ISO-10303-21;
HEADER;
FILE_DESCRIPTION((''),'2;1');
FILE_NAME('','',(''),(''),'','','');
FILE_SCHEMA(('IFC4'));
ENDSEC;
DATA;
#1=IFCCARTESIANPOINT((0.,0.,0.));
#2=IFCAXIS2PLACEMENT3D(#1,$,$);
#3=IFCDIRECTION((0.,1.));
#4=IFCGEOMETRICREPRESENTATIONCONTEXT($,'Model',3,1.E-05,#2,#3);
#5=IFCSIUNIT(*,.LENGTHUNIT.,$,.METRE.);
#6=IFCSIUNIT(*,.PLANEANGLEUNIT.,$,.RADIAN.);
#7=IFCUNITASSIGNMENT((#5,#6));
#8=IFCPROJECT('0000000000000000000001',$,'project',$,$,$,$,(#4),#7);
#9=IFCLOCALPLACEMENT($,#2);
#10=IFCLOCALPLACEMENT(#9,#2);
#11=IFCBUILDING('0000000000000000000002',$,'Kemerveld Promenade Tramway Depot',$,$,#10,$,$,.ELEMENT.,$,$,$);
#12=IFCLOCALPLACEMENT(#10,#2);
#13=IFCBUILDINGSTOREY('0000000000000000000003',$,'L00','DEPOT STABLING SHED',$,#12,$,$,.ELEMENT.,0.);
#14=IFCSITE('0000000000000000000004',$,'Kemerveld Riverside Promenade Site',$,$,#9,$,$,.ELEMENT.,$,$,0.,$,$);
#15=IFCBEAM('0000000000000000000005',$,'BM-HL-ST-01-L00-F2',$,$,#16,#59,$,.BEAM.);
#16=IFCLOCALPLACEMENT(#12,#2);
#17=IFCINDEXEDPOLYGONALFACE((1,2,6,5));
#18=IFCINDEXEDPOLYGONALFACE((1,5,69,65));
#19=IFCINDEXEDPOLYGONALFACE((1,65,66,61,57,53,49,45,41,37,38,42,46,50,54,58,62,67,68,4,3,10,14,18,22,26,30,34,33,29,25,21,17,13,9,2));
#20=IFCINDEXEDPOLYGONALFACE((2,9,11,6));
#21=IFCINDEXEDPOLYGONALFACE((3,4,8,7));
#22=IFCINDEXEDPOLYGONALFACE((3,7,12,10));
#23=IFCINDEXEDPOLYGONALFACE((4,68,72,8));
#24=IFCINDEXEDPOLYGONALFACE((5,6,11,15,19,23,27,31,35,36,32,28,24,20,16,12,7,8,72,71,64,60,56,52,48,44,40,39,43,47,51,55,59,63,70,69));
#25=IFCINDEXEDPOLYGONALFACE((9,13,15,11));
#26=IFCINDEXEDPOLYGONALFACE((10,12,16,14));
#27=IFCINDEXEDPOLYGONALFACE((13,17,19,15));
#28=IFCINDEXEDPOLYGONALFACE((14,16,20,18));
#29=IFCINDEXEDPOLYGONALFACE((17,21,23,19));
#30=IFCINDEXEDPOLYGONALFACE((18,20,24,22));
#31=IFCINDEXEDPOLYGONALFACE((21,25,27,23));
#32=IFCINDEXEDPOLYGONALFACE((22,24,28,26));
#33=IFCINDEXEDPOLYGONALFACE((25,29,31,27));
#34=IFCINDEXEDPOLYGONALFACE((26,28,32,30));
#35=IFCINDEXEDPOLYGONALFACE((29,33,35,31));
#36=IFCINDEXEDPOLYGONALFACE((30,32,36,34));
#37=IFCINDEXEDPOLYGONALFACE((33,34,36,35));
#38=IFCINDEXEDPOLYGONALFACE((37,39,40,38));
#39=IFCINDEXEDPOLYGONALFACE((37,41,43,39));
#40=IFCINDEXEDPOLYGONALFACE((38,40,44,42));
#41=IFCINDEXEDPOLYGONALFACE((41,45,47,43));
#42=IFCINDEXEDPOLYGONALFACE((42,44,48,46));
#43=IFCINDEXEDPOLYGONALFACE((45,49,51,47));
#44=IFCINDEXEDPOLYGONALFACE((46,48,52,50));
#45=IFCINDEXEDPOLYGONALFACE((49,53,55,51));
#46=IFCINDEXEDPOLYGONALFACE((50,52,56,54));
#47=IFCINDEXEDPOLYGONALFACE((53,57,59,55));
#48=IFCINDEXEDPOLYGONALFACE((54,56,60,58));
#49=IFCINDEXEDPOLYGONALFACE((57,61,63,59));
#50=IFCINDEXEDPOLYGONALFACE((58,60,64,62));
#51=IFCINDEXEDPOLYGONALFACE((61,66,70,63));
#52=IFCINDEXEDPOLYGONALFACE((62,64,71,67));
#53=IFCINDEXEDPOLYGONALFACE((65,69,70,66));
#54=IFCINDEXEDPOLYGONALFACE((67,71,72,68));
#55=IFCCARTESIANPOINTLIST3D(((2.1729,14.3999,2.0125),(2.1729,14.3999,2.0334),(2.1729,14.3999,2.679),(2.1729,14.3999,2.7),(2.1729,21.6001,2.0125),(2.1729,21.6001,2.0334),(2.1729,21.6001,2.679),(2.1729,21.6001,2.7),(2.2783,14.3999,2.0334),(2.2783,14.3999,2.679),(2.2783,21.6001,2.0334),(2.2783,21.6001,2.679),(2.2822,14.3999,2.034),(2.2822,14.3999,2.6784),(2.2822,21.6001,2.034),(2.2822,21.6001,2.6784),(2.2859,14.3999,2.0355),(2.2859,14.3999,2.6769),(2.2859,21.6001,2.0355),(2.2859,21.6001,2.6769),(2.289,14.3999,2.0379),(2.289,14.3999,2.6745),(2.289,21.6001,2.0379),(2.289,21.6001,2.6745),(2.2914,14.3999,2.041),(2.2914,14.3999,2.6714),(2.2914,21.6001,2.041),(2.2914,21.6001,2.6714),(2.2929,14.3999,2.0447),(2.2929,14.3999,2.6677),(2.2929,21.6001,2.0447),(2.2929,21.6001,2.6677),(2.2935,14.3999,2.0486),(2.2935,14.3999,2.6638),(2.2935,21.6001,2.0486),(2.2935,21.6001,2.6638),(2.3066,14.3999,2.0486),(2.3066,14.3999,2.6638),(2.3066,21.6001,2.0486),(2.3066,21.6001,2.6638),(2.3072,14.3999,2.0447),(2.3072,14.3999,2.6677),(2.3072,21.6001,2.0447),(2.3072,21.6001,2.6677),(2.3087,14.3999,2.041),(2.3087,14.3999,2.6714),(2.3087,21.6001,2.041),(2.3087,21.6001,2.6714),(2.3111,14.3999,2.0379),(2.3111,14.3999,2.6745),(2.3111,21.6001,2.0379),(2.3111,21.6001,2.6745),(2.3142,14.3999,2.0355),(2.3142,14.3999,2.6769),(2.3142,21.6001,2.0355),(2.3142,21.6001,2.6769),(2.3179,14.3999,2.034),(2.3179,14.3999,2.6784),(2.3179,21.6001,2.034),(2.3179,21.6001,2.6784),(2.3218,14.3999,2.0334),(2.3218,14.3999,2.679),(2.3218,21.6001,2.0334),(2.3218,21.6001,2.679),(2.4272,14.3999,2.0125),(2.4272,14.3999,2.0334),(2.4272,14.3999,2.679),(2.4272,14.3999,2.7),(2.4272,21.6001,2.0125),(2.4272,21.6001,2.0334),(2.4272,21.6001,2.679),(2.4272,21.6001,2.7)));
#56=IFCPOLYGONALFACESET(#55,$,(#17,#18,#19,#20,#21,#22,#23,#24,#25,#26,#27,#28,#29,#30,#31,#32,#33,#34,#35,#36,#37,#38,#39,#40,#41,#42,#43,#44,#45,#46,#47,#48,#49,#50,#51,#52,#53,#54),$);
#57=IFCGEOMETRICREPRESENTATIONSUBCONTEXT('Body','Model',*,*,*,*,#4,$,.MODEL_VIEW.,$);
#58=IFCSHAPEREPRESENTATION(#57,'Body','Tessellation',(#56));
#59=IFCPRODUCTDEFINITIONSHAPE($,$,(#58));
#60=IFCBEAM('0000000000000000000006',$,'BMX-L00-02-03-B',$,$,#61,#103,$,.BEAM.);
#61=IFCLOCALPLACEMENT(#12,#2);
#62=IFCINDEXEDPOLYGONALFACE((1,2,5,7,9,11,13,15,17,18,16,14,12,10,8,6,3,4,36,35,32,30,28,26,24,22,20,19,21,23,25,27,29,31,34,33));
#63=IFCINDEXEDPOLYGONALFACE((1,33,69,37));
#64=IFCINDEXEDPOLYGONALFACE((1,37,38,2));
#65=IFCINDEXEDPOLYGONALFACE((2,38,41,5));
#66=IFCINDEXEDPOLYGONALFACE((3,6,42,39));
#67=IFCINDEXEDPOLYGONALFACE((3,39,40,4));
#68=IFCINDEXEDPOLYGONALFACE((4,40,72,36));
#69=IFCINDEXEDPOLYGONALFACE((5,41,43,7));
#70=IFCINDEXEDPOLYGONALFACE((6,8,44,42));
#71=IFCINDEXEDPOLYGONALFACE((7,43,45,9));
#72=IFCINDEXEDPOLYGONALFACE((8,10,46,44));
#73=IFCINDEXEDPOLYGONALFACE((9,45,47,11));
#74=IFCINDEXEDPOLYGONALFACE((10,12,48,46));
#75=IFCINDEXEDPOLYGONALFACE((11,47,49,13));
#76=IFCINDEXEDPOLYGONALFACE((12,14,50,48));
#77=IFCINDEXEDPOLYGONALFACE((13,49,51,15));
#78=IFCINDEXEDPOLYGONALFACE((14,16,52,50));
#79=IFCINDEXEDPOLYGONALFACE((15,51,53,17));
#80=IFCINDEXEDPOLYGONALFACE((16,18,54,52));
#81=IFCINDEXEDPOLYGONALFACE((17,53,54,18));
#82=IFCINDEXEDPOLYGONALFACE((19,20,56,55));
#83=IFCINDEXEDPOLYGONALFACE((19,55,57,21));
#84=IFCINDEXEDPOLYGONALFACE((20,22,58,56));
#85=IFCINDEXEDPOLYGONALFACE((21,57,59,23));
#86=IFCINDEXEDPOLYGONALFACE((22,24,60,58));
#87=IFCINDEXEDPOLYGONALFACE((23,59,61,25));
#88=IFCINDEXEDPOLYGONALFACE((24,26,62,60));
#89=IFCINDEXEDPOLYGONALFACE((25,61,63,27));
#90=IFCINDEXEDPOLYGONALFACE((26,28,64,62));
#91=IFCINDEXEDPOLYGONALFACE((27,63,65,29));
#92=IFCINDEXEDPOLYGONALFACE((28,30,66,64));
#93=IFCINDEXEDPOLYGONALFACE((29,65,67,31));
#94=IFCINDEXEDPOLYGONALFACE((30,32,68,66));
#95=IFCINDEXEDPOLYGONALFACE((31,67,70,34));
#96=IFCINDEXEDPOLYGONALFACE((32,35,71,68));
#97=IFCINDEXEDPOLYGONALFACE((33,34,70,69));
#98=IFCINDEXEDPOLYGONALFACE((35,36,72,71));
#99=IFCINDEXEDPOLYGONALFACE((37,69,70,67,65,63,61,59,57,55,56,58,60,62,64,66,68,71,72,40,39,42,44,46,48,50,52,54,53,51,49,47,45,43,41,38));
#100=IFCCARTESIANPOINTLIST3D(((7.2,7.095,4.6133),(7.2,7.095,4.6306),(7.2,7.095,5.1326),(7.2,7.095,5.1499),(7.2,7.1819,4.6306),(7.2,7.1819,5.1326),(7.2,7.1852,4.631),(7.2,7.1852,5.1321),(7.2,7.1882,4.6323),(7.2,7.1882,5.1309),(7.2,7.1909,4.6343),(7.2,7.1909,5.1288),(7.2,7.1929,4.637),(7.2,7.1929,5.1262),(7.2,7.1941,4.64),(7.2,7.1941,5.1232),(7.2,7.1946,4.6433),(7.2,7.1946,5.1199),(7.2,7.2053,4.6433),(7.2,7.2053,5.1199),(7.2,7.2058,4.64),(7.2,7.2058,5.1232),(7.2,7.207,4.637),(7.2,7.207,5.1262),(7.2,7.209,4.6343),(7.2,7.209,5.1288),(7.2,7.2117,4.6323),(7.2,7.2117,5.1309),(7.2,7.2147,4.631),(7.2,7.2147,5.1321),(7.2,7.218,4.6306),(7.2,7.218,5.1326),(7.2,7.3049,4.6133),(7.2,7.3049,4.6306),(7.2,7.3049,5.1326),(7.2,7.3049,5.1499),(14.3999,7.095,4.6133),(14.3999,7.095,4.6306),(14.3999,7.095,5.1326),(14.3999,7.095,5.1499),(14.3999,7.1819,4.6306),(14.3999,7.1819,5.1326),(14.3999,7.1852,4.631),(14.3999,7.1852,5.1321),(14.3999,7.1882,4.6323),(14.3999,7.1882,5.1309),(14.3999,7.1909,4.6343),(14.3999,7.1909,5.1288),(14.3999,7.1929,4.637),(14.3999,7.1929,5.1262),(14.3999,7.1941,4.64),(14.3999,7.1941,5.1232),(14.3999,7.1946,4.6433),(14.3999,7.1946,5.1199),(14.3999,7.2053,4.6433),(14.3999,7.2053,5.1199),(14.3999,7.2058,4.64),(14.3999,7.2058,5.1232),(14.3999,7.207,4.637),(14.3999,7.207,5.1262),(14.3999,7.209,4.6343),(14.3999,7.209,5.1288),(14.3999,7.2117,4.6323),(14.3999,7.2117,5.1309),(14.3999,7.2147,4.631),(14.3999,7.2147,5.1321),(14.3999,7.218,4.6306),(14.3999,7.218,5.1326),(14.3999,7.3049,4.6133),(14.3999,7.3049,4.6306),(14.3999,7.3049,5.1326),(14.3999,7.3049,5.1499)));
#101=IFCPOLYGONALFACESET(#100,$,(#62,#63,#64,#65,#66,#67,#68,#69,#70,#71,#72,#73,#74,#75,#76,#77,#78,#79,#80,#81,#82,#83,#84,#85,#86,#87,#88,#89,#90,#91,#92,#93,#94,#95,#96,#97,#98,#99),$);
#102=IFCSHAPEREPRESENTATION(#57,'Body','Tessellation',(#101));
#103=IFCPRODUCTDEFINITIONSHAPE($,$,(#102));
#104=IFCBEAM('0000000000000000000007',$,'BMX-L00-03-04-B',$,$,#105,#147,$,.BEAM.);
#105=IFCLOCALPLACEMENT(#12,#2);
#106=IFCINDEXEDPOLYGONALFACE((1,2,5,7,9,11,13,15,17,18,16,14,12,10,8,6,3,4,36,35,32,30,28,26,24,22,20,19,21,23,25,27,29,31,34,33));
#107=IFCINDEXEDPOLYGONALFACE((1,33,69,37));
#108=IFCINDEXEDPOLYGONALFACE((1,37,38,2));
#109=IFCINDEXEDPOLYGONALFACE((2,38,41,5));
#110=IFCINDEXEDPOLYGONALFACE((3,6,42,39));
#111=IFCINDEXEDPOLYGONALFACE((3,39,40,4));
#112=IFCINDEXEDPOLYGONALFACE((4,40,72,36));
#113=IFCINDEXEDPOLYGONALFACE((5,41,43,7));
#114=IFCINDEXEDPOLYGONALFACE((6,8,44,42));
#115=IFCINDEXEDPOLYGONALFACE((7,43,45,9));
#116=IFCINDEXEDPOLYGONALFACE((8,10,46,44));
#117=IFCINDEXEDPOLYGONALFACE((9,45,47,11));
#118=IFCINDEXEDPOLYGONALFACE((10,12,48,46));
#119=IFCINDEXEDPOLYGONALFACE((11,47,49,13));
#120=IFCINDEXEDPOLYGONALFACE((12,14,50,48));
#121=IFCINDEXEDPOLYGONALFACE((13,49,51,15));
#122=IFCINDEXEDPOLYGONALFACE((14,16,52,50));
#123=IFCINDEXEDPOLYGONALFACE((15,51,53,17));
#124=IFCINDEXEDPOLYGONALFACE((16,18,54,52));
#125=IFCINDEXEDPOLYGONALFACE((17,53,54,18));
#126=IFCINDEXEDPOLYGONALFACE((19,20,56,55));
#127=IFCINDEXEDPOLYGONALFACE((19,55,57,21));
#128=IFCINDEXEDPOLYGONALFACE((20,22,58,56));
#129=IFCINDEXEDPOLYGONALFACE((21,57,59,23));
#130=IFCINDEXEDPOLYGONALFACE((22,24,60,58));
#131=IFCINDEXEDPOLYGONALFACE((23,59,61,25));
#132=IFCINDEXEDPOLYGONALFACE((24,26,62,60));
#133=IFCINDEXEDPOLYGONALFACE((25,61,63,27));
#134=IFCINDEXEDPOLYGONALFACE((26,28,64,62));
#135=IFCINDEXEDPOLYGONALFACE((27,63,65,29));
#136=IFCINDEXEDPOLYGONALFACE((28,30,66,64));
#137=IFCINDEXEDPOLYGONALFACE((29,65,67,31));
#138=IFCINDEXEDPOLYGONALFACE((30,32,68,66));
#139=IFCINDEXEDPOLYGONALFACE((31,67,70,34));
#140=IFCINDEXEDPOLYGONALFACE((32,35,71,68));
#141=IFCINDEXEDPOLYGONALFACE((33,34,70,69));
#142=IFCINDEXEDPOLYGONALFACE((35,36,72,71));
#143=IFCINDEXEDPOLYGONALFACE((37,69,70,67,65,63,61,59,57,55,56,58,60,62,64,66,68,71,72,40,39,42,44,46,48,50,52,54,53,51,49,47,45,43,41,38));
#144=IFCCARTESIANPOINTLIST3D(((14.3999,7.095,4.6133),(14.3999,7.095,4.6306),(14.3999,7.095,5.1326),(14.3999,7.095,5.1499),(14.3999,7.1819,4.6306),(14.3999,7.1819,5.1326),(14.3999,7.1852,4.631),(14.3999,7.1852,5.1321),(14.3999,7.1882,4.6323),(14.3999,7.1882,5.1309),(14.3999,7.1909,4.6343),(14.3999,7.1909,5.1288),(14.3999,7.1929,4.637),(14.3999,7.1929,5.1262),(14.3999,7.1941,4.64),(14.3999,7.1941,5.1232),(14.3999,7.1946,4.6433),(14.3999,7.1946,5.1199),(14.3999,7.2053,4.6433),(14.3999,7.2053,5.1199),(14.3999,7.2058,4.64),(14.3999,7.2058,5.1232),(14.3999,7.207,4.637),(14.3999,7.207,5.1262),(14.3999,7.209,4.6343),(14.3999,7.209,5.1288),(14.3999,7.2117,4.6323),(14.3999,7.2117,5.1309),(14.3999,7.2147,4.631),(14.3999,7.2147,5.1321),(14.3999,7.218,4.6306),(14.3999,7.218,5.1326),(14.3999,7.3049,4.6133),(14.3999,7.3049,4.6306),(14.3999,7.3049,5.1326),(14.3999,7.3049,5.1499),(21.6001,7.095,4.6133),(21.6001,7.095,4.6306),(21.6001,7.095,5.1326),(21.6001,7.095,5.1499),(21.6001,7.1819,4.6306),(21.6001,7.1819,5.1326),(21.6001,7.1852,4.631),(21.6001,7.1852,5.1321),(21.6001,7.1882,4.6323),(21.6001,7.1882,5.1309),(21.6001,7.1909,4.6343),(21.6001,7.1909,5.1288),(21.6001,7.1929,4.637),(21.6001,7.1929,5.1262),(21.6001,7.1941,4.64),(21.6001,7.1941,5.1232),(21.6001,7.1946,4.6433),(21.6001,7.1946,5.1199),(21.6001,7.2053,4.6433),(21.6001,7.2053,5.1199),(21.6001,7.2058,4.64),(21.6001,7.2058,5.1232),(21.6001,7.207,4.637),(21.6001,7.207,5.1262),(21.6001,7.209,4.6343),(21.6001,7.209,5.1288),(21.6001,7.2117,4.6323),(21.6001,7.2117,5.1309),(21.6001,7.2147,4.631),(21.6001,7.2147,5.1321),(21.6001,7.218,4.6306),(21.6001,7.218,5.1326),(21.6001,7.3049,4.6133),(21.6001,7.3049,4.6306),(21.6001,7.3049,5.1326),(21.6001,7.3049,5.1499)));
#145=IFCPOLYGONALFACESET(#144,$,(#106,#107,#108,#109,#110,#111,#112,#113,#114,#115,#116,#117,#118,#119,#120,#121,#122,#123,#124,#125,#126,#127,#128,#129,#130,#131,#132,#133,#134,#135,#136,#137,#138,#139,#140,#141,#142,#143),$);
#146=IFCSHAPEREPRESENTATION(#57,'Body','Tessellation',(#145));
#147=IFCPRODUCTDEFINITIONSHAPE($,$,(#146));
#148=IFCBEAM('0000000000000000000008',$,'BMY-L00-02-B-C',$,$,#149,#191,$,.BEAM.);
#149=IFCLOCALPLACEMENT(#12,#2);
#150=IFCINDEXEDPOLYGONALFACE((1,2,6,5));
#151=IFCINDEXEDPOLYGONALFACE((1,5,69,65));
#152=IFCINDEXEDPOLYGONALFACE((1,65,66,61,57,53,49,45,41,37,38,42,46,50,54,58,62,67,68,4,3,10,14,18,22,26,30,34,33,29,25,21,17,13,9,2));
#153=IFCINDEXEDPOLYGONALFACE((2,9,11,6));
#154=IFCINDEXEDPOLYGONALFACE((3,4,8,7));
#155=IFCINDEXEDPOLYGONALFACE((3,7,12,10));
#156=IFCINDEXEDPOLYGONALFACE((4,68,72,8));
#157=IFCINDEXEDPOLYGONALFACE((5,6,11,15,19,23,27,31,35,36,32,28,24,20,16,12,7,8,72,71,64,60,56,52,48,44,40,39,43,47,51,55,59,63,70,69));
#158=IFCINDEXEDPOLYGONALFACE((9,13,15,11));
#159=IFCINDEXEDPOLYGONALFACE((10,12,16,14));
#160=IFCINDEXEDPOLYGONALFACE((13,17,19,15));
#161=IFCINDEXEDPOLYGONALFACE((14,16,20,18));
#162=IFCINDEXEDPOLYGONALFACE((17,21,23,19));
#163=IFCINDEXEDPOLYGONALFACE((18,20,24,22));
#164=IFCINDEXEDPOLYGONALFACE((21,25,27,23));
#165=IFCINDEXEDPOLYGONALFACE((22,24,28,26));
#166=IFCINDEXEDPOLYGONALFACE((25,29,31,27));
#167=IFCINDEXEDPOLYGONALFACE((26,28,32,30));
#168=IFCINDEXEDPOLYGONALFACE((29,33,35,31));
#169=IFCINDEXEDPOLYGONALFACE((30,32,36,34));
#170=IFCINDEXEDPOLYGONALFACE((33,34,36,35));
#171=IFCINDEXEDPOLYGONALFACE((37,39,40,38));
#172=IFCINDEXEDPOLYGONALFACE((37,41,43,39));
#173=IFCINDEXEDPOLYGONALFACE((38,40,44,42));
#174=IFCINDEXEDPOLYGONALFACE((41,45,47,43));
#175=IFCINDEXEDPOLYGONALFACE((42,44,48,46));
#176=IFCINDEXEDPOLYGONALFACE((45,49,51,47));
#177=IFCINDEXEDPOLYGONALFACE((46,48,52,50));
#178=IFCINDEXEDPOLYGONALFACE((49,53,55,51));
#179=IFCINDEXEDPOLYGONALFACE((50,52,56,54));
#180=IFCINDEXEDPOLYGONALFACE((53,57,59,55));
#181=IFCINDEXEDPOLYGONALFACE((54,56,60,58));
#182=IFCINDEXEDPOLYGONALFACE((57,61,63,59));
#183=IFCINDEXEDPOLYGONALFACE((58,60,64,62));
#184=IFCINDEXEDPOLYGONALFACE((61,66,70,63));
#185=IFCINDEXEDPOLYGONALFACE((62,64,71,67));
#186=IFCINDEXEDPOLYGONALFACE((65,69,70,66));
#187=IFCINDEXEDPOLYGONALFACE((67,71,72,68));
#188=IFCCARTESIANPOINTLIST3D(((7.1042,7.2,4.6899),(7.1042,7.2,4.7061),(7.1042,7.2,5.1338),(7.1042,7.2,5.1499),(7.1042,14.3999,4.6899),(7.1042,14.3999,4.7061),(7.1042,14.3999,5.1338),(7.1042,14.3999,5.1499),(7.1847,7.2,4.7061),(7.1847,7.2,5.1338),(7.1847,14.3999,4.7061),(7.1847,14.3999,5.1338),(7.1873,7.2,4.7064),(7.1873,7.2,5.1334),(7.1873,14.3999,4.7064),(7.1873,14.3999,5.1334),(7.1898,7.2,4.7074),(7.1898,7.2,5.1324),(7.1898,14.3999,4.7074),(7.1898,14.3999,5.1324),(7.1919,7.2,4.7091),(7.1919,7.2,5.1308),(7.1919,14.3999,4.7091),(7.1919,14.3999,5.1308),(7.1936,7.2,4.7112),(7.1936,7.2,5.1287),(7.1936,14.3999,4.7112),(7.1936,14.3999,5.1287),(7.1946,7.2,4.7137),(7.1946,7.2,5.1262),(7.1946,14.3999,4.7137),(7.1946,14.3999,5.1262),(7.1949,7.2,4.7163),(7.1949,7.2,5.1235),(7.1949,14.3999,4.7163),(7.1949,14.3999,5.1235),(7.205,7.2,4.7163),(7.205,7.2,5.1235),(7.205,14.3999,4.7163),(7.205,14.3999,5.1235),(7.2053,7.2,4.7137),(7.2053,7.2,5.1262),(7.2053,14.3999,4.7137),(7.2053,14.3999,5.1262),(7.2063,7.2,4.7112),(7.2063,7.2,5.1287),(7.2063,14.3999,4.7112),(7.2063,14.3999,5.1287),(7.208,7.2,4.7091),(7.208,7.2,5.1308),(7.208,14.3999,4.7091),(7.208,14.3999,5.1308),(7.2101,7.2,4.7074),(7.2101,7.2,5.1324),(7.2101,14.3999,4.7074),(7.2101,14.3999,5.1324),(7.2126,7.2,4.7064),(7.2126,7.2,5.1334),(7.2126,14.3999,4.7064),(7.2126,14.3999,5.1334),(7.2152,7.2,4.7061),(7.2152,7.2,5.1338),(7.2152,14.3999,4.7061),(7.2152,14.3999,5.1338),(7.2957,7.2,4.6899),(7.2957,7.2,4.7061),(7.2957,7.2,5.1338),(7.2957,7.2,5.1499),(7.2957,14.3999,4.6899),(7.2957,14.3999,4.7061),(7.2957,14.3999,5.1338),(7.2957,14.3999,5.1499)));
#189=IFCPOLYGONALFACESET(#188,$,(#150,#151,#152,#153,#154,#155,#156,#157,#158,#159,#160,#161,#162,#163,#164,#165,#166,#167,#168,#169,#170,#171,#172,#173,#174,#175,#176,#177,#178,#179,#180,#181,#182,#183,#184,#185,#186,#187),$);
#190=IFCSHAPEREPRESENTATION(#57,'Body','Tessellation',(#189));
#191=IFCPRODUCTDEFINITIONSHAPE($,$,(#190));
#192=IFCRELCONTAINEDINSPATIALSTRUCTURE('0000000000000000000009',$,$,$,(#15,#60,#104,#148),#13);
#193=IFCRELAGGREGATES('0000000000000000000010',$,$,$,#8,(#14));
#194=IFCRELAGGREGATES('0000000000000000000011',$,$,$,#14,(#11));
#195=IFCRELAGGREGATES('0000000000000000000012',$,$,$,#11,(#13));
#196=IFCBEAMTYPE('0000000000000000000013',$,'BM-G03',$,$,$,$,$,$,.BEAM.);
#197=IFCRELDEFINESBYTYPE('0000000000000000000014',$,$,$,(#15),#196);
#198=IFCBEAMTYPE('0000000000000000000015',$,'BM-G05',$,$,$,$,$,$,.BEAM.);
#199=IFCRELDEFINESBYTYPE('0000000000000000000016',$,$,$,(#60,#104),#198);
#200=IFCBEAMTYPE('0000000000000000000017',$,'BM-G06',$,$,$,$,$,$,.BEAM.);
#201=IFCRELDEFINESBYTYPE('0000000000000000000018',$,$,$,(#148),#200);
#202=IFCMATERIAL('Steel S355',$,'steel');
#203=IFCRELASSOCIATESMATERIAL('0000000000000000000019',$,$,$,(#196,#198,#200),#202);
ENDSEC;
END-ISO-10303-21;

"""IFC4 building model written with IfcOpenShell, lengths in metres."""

from ifc_helpers import new_model, si_unit, direction, frame, origin, origin_2d, place, context, subcontext, project, spatial, i_section, extrude, material, material_profile, profile_set, type_object, element, save


model = new_model("IFC4")

# Units and contexts
model_context = context("Model", 3, precision=1e-05, world=origin(), true_north=direction((0.0, 1.0)))
body_context = subcontext(model_context, "Body", "Model", "MODEL_VIEW")
ifc_project = project(units=[si_unit("LENGTHUNIT", "METRE"), si_unit("PLANEANGLEUNIT", "RADIAN")], contexts=[model_context])

# Site, building, storey
site_placement = place(None, origin())
site = spatial("IfcSite", under=ifc_project, at=site_placement, Name="Kemerveld Riverside Promenade Site", CompositionType="ELEMENT", RefElevation=0.0)
building_placement = place(site_placement, origin())
building = spatial("IfcBuilding", under=site, at=building_placement, Name="Kemerveld Promenade Tramway Depot", CompositionType="ELEMENT")
storey_placement = place(building_placement, origin())
storey = spatial("IfcBuildingStorey", under=building, at=storey_placement, Name="L00", Description="DEPOT STABLING SHED", CompositionType="ELEMENT", Elevation=0.0)

# Shared definitions
ifc_material_1 = material(Name="Steel S355", Category="steel")

# Beams
ifc_material_profile_1 = material_profile(ifc_material_1, i_section(OverallWidth=0.2544, OverallDepth=0.6875, WebThickness=0.0132, FlangeThickness=0.021, FilletRadius=0.0151, at=origin_2d()), Name="686x254x152 UB")
ifc_profile_set_1 = profile_set([ifc_material_profile_1], Name="Steel S355")
beam_type_1 = type_object("IfcBeamType", Name="BM-G03", PredefinedType="BEAM", material=ifc_profile_set_1)
beam_1_placement = place(storey_placement, frame((2.3, 14.3999, 2.3562), z_axis=(0.0, 1.0, 0.0), x_axis=(-1.0, 0.0, 0.0)))
element("IfcBeam", 1, at=beam_1_placement, inside=storey, type_object=beam_type_1, Name="BM-HL-ST-01-L00-F2", PredefinedType="BEAM", context=body_context, shape_type="SweptSolid", body=[
    extrude(i_section(OverallWidth=0.2544, OverallDepth=0.6875, WebThickness=0.0132, FlangeThickness=0.021, FilletRadius=0.0151, at=origin_2d()), origin(), (0.0, 0.0, 1.0), 7.2002),
])
ifc_material_profile_2 = material_profile(ifc_material_1, i_section(OverallWidth=0.21, OverallDepth=0.5366, WebThickness=0.0107, FlangeThickness=0.0173, FilletRadius=0.0127, at=origin_2d()), Name="533x210x101 UB")
ifc_profile_set_2 = profile_set([ifc_material_profile_2], Name="Steel S355")
beam_type_2 = type_object("IfcBeamType", Name="BM-G05", PredefinedType="BEAM", material=ifc_profile_set_2)
beam_2_placement = place(storey_placement, frame((7.2, 7.2, 4.8816), z_axis=(1.0, 0.0, 0.0), x_axis=(0.0, 1.0, 0.0)))
element("IfcBeam", 2, at=beam_2_placement, inside=storey, type_object=beam_type_2, Name="BMX-L00-02-03-B", PredefinedType="BEAM", context=body_context, shape_type="SweptSolid", body=[
    extrude(i_section(OverallWidth=0.21, OverallDepth=0.5366, WebThickness=0.0107, FlangeThickness=0.0173, FilletRadius=0.0127, at=origin_2d()), origin(), (0.0, 0.0, 1.0), 7.2),
])
beam_3_placement = place(storey_placement, frame((14.3999, 7.2, 4.8816), z_axis=(1.0, 0.0, 0.0), x_axis=(0.0, 1.0, 0.0)))
element("IfcBeam", 3, at=beam_3_placement, inside=storey, type_object=beam_type_2, Name="BMX-L00-03-04-B", PredefinedType="BEAM", context=body_context, shape_type="SweptSolid", body=[
    extrude(i_section(OverallWidth=0.21, OverallDepth=0.5366, WebThickness=0.0107, FlangeThickness=0.0173, FilletRadius=0.0127, at=origin_2d()), origin(), (0.0, 0.0, 1.0), 7.2002),
])
ifc_material_profile_3 = material_profile(ifc_material_1, i_section(OverallWidth=0.1914, OverallDepth=0.46, WebThickness=0.01, FlangeThickness=0.0161, FilletRadius=0.0103, at=origin_2d()), Name="457x191x82 UB")
ifc_profile_set_3 = profile_set([ifc_material_profile_3], Name="Steel S355")
beam_type_3 = type_object("IfcBeamType", Name="BM-G06", PredefinedType="BEAM", material=ifc_profile_set_3)
beam_4_placement = place(storey_placement, frame((7.2, 7.2, 4.9199), z_axis=(0.0, 1.0, 0.0), x_axis=(-1.0, 0.0, 0.0)))
element("IfcBeam", 4, at=beam_4_placement, inside=storey, type_object=beam_type_3, Name="BMY-L00-02-B-C", PredefinedType="BEAM", context=body_context, shape_type="SweptSolid", body=[
    extrude(i_section(OverallWidth=0.1914, OverallDepth=0.46, WebThickness=0.01, FlangeThickness=0.0161, FilletRadius=0.0103, at=origin_2d()), origin(), (0.0, 0.0, 1.0), 7.2),
])

save(model, "model.ifc")
